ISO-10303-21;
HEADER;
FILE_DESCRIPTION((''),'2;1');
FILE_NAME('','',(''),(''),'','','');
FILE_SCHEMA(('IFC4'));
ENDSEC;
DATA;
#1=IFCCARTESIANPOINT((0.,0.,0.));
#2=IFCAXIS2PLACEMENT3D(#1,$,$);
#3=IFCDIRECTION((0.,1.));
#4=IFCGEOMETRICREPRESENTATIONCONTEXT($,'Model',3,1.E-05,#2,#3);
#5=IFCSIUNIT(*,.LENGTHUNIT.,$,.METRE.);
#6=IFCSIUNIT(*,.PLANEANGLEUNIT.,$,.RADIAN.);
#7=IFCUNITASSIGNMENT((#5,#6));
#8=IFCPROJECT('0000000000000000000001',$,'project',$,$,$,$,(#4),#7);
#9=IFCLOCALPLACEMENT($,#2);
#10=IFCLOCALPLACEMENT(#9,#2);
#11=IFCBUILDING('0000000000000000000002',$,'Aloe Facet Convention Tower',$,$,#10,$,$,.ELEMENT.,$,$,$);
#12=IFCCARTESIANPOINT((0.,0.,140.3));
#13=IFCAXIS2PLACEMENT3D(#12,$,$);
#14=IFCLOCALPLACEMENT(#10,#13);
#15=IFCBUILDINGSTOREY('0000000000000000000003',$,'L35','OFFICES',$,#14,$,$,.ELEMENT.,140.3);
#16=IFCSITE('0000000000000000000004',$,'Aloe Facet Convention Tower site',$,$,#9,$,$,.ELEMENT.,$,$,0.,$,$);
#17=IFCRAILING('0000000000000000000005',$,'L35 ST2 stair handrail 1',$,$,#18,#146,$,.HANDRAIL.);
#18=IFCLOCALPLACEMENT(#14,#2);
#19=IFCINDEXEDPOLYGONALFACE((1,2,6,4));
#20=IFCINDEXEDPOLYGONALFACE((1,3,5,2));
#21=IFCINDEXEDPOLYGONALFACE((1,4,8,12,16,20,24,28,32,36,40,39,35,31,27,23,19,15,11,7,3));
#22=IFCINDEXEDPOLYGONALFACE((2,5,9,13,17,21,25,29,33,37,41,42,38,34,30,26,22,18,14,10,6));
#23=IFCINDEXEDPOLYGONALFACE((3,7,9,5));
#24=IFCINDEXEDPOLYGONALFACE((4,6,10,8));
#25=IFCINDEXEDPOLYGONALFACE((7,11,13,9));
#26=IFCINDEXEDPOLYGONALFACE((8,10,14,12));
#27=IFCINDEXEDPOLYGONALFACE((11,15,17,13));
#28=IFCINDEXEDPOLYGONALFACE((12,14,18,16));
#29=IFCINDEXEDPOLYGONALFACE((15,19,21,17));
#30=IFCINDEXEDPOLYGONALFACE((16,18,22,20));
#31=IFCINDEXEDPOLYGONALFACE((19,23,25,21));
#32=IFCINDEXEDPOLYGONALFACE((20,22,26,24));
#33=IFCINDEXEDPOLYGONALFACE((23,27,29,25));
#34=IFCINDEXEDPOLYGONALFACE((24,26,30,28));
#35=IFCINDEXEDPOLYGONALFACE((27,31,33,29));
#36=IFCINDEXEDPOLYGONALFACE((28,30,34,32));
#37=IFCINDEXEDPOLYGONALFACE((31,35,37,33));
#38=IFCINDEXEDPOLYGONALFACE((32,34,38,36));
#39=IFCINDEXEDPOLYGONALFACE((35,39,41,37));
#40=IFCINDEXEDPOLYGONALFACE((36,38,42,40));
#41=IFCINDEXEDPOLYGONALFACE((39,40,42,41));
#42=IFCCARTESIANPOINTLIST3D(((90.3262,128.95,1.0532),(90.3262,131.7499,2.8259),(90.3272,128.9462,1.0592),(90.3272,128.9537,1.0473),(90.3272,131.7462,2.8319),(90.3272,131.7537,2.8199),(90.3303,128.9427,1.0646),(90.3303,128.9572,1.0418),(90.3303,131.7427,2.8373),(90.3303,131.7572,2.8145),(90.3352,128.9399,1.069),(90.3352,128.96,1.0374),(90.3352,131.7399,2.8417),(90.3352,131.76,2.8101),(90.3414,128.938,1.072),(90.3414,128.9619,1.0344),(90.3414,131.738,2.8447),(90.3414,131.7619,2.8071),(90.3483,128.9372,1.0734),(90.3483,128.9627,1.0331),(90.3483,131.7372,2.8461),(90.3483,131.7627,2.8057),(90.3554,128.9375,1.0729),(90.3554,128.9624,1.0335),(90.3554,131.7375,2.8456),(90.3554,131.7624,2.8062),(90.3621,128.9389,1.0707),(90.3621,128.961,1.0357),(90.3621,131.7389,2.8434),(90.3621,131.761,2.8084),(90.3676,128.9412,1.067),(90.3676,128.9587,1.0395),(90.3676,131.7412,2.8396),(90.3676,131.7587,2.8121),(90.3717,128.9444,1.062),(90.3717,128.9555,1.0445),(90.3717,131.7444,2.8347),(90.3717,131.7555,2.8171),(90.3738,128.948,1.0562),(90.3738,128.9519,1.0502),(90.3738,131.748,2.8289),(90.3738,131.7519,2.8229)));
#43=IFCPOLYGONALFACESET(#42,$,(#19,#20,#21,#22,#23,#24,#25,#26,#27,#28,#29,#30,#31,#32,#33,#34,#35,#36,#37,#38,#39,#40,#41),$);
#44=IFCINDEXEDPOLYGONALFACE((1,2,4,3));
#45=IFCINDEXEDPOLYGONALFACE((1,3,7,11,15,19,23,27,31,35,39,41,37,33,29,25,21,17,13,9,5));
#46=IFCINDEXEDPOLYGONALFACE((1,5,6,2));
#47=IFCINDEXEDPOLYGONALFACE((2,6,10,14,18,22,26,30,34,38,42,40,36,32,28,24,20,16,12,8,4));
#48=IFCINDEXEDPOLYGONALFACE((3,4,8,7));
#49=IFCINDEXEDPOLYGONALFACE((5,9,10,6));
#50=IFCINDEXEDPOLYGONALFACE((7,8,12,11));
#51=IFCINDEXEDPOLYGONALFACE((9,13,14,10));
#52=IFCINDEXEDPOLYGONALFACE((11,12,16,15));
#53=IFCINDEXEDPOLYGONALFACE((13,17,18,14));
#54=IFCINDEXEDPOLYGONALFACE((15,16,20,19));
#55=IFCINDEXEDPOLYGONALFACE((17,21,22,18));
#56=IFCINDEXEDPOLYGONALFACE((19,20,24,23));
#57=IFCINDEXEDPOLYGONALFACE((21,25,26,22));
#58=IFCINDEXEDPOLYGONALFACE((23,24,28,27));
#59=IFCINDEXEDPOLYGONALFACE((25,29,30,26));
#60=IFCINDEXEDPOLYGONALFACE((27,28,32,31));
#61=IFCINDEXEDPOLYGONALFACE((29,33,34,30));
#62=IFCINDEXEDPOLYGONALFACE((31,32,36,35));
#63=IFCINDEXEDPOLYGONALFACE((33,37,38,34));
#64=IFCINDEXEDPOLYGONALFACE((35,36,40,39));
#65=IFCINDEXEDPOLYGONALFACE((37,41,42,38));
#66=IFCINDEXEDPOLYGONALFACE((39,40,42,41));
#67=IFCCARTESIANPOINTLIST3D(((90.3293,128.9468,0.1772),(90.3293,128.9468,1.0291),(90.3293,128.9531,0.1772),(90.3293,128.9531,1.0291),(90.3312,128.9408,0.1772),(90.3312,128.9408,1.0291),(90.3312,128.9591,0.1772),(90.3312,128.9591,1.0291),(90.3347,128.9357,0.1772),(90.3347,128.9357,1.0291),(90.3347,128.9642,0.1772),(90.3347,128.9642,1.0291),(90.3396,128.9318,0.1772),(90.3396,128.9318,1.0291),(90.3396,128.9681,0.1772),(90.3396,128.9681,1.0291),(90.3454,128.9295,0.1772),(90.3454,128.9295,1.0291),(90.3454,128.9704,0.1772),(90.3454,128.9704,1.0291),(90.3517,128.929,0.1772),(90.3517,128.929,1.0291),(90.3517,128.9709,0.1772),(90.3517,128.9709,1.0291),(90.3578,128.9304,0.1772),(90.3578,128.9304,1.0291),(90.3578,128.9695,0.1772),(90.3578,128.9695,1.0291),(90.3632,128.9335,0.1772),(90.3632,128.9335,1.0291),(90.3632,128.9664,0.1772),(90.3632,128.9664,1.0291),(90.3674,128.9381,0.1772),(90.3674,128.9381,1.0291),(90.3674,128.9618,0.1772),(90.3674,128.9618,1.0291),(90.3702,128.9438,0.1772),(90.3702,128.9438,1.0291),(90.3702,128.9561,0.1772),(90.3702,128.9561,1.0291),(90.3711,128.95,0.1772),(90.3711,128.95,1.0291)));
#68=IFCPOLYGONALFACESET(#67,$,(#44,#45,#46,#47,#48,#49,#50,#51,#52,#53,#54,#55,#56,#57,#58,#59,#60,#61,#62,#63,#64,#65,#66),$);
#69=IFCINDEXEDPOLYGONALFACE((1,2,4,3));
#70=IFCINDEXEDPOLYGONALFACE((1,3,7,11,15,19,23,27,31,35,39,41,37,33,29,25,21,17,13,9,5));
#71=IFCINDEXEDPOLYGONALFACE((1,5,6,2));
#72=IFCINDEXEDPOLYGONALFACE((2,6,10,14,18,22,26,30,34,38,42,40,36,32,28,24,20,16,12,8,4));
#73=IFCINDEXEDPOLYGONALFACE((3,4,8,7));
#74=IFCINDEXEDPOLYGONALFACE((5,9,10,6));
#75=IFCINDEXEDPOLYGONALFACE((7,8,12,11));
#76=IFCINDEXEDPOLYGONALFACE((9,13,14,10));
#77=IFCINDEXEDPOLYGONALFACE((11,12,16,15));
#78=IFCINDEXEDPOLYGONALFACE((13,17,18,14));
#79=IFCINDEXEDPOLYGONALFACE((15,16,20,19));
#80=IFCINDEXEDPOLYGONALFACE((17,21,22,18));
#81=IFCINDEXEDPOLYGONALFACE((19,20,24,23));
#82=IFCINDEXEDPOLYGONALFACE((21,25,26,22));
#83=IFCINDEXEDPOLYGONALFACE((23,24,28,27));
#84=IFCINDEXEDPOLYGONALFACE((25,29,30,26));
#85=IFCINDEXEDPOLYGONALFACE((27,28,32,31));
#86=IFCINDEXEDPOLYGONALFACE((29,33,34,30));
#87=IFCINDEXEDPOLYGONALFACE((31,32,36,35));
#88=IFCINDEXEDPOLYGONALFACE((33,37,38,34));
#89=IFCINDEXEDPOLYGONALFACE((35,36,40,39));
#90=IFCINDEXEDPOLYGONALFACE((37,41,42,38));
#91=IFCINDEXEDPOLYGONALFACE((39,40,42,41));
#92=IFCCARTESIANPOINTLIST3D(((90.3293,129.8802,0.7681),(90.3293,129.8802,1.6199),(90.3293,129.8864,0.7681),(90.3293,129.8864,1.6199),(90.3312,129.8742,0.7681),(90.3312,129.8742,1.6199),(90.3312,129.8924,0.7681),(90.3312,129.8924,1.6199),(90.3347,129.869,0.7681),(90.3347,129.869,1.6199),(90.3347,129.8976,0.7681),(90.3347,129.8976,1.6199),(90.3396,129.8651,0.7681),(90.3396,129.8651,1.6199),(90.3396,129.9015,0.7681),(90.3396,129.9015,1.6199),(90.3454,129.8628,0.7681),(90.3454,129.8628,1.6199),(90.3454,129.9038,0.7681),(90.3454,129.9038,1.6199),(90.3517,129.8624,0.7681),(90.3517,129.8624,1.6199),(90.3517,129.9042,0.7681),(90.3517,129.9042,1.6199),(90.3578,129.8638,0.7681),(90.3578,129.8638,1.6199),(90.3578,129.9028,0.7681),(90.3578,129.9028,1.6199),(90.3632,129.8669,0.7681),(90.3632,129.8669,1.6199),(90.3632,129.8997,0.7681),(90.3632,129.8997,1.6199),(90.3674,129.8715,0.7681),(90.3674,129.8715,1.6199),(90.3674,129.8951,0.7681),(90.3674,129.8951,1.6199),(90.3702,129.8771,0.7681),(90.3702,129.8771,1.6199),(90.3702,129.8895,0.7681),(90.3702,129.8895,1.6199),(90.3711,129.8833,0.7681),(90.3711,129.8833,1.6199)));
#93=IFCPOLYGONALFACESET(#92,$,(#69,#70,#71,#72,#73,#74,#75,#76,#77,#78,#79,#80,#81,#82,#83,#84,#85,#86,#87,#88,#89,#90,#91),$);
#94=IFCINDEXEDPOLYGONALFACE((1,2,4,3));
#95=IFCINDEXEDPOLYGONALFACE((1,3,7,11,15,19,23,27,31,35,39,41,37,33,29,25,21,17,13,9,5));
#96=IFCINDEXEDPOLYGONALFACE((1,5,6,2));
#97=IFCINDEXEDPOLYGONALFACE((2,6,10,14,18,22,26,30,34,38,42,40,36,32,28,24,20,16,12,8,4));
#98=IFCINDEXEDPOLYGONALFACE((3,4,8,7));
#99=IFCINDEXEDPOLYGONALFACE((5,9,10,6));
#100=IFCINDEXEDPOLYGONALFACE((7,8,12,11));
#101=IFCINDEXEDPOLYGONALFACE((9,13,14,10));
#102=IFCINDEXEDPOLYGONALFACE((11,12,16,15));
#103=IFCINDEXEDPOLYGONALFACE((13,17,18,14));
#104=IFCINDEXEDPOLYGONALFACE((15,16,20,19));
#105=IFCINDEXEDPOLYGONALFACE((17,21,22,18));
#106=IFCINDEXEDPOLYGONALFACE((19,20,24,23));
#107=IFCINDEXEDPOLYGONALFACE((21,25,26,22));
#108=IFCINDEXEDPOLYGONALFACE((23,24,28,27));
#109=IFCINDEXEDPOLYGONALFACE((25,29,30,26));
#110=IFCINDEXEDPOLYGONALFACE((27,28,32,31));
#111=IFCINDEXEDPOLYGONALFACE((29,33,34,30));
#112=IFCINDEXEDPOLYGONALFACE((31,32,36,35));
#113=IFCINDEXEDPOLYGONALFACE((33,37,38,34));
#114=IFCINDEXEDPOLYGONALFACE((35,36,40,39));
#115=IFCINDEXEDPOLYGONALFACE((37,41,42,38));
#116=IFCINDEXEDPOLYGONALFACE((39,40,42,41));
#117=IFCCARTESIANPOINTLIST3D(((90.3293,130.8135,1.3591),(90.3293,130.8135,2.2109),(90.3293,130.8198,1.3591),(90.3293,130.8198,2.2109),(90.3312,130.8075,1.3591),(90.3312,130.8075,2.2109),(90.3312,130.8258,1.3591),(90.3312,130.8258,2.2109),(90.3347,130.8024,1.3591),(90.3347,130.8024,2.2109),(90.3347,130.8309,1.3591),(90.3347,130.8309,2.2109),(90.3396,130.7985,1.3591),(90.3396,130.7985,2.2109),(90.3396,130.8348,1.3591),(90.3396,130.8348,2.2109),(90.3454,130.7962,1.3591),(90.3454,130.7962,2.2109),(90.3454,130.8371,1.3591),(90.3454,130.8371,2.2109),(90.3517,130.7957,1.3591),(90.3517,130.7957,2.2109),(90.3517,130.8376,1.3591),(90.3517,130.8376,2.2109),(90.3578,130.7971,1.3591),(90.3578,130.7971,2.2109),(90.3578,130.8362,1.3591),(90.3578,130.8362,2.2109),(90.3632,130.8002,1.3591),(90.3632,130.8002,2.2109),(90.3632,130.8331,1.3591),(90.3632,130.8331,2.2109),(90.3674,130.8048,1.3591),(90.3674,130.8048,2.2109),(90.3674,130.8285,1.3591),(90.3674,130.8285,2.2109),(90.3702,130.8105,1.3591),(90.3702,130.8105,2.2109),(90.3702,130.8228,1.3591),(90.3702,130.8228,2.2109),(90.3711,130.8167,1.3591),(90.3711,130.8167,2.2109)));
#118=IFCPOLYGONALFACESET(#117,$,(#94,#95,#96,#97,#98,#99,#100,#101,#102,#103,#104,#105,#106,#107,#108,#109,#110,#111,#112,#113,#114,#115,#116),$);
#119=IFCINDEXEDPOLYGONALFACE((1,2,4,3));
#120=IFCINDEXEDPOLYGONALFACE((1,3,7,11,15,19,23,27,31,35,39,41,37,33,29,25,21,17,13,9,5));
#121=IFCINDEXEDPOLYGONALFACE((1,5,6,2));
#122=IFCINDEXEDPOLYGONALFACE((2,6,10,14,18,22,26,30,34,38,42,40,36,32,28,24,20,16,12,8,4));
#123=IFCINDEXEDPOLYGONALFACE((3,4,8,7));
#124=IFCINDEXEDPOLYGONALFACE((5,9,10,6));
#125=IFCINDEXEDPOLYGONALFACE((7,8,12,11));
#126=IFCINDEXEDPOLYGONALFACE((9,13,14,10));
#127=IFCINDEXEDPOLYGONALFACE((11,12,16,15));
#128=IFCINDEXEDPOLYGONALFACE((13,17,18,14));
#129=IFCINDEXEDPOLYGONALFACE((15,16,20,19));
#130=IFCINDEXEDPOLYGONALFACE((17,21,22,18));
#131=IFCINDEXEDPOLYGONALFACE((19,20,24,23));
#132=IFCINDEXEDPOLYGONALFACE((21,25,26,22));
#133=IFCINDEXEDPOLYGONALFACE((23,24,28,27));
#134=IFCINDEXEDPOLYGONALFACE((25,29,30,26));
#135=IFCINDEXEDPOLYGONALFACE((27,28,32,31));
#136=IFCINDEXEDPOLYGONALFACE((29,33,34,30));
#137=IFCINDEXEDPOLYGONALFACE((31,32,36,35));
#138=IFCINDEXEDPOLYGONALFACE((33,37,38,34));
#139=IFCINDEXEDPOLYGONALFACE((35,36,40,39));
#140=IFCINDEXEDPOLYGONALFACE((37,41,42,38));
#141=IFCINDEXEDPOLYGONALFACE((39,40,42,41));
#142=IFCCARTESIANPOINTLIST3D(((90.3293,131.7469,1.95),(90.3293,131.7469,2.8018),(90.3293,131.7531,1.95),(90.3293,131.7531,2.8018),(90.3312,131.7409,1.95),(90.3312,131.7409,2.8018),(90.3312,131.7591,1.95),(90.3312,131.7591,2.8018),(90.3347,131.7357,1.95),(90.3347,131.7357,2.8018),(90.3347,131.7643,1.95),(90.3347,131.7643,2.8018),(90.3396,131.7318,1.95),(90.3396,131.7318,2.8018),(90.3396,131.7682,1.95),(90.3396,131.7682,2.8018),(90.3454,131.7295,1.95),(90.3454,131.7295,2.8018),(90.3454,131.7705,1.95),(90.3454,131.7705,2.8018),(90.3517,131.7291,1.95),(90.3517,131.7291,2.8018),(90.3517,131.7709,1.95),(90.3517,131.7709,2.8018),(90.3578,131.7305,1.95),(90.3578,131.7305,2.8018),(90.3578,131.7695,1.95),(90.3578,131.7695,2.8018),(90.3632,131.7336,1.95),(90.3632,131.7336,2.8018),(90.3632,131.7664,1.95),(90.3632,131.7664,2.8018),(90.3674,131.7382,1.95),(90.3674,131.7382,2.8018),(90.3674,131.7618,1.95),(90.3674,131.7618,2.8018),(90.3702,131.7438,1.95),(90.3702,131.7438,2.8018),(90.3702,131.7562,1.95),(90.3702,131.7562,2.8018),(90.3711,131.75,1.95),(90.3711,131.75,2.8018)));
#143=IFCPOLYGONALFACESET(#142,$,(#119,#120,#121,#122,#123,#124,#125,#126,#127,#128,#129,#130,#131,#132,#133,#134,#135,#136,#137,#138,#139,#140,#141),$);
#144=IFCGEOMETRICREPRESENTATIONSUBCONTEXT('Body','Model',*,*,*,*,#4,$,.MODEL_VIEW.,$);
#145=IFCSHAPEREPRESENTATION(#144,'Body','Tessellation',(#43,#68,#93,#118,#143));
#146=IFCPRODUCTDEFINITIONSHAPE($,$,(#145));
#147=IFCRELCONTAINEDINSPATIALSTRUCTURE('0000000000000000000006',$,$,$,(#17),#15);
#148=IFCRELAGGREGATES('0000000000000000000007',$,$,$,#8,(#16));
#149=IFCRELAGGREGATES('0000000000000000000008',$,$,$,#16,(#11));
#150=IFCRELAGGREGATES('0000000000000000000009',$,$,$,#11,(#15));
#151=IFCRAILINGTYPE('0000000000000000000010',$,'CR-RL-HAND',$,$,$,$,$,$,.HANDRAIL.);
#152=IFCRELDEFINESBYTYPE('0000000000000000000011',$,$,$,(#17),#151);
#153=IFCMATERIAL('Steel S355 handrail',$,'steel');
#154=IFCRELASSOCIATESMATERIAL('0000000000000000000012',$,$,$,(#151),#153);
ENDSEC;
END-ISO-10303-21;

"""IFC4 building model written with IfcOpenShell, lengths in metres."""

from ifc_helpers import new_model, si_unit, direction, frame, origin, origin_2d, place, context, subcontext, project, spatial, circle, extrude, material, type_object, element, save


model = new_model("IFC4")

# Units and contexts
model_context = context("Model", 3, precision=1e-05, world=origin(), true_north=direction((0.0, 1.0)))
body_context = subcontext(model_context, "Body", "Model", "MODEL_VIEW")
ifc_project = project(units=[si_unit("LENGTHUNIT", "METRE"), si_unit("PLANEANGLEUNIT", "RADIAN")], contexts=[model_context])

# Site, building, storey
site_placement = place(None, origin())
site = spatial("IfcSite", under=ifc_project, at=site_placement, Name="Aloe Facet Convention Tower site", CompositionType="ELEMENT", RefElevation=0.0)
building_placement = place(site_placement, origin())
building = spatial("IfcBuilding", under=site, at=building_placement, Name="Aloe Facet Convention Tower", CompositionType="ELEMENT")
storey_placement = place(building_placement, frame((0.0, 0.0, 140.3)))
storey = spatial("IfcBuildingStorey", under=building, at=storey_placement, Name="L35", Description="OFFICES", CompositionType="ELEMENT", Elevation=140.3)

# Railing
ifc_material_1 = material(Name="Steel S355 handrail", Category="steel")
railing_type_1 = type_object("IfcRailingType", Name="CR-RL-HAND", PredefinedType="HANDRAIL", material=ifc_material_1)
railing_1_placement = place(storey_placement, frame((90.3501, 128.95, 0.1772)))
element("IfcRailing", 1, at=railing_1_placement, inside=storey, type_object=railing_type_1, Name="L35 ST2 stair handrail 1", PredefinedType="HANDRAIL", context=body_context, shape_type="SweptSolid", body=[
    extrude(circle(Radius=0.0239, at=origin_2d()), frame((0.0, 0.0, 0.876), z_axis=(0.0, 0.844909, 0.53491), x_axis=(-1.0, 0.0, 0.0)), (0.0, 0.0, 1.0), 3.314),
    extrude(circle(Radius=0.021, at=origin_2d()), origin(), (0.0, 0.0, 1.0), 0.8518),
    extrude(circle(Radius=0.021, at=origin_2d()), frame((0.0, 0.9333, 0.5908)), (0.0, 0.0, 1.0), 0.8518),
    extrude(circle(Radius=0.021, at=origin_2d()), frame((0.0, 1.8667, 1.1819)), (0.0, 0.0, 1.0), 0.8518),
    extrude(circle(Radius=0.021, at=origin_2d()), frame((0.0, 2.8, 1.7727)), (0.0, 0.0, 1.0), 0.8518),
])

save(model, "model.ifc")
